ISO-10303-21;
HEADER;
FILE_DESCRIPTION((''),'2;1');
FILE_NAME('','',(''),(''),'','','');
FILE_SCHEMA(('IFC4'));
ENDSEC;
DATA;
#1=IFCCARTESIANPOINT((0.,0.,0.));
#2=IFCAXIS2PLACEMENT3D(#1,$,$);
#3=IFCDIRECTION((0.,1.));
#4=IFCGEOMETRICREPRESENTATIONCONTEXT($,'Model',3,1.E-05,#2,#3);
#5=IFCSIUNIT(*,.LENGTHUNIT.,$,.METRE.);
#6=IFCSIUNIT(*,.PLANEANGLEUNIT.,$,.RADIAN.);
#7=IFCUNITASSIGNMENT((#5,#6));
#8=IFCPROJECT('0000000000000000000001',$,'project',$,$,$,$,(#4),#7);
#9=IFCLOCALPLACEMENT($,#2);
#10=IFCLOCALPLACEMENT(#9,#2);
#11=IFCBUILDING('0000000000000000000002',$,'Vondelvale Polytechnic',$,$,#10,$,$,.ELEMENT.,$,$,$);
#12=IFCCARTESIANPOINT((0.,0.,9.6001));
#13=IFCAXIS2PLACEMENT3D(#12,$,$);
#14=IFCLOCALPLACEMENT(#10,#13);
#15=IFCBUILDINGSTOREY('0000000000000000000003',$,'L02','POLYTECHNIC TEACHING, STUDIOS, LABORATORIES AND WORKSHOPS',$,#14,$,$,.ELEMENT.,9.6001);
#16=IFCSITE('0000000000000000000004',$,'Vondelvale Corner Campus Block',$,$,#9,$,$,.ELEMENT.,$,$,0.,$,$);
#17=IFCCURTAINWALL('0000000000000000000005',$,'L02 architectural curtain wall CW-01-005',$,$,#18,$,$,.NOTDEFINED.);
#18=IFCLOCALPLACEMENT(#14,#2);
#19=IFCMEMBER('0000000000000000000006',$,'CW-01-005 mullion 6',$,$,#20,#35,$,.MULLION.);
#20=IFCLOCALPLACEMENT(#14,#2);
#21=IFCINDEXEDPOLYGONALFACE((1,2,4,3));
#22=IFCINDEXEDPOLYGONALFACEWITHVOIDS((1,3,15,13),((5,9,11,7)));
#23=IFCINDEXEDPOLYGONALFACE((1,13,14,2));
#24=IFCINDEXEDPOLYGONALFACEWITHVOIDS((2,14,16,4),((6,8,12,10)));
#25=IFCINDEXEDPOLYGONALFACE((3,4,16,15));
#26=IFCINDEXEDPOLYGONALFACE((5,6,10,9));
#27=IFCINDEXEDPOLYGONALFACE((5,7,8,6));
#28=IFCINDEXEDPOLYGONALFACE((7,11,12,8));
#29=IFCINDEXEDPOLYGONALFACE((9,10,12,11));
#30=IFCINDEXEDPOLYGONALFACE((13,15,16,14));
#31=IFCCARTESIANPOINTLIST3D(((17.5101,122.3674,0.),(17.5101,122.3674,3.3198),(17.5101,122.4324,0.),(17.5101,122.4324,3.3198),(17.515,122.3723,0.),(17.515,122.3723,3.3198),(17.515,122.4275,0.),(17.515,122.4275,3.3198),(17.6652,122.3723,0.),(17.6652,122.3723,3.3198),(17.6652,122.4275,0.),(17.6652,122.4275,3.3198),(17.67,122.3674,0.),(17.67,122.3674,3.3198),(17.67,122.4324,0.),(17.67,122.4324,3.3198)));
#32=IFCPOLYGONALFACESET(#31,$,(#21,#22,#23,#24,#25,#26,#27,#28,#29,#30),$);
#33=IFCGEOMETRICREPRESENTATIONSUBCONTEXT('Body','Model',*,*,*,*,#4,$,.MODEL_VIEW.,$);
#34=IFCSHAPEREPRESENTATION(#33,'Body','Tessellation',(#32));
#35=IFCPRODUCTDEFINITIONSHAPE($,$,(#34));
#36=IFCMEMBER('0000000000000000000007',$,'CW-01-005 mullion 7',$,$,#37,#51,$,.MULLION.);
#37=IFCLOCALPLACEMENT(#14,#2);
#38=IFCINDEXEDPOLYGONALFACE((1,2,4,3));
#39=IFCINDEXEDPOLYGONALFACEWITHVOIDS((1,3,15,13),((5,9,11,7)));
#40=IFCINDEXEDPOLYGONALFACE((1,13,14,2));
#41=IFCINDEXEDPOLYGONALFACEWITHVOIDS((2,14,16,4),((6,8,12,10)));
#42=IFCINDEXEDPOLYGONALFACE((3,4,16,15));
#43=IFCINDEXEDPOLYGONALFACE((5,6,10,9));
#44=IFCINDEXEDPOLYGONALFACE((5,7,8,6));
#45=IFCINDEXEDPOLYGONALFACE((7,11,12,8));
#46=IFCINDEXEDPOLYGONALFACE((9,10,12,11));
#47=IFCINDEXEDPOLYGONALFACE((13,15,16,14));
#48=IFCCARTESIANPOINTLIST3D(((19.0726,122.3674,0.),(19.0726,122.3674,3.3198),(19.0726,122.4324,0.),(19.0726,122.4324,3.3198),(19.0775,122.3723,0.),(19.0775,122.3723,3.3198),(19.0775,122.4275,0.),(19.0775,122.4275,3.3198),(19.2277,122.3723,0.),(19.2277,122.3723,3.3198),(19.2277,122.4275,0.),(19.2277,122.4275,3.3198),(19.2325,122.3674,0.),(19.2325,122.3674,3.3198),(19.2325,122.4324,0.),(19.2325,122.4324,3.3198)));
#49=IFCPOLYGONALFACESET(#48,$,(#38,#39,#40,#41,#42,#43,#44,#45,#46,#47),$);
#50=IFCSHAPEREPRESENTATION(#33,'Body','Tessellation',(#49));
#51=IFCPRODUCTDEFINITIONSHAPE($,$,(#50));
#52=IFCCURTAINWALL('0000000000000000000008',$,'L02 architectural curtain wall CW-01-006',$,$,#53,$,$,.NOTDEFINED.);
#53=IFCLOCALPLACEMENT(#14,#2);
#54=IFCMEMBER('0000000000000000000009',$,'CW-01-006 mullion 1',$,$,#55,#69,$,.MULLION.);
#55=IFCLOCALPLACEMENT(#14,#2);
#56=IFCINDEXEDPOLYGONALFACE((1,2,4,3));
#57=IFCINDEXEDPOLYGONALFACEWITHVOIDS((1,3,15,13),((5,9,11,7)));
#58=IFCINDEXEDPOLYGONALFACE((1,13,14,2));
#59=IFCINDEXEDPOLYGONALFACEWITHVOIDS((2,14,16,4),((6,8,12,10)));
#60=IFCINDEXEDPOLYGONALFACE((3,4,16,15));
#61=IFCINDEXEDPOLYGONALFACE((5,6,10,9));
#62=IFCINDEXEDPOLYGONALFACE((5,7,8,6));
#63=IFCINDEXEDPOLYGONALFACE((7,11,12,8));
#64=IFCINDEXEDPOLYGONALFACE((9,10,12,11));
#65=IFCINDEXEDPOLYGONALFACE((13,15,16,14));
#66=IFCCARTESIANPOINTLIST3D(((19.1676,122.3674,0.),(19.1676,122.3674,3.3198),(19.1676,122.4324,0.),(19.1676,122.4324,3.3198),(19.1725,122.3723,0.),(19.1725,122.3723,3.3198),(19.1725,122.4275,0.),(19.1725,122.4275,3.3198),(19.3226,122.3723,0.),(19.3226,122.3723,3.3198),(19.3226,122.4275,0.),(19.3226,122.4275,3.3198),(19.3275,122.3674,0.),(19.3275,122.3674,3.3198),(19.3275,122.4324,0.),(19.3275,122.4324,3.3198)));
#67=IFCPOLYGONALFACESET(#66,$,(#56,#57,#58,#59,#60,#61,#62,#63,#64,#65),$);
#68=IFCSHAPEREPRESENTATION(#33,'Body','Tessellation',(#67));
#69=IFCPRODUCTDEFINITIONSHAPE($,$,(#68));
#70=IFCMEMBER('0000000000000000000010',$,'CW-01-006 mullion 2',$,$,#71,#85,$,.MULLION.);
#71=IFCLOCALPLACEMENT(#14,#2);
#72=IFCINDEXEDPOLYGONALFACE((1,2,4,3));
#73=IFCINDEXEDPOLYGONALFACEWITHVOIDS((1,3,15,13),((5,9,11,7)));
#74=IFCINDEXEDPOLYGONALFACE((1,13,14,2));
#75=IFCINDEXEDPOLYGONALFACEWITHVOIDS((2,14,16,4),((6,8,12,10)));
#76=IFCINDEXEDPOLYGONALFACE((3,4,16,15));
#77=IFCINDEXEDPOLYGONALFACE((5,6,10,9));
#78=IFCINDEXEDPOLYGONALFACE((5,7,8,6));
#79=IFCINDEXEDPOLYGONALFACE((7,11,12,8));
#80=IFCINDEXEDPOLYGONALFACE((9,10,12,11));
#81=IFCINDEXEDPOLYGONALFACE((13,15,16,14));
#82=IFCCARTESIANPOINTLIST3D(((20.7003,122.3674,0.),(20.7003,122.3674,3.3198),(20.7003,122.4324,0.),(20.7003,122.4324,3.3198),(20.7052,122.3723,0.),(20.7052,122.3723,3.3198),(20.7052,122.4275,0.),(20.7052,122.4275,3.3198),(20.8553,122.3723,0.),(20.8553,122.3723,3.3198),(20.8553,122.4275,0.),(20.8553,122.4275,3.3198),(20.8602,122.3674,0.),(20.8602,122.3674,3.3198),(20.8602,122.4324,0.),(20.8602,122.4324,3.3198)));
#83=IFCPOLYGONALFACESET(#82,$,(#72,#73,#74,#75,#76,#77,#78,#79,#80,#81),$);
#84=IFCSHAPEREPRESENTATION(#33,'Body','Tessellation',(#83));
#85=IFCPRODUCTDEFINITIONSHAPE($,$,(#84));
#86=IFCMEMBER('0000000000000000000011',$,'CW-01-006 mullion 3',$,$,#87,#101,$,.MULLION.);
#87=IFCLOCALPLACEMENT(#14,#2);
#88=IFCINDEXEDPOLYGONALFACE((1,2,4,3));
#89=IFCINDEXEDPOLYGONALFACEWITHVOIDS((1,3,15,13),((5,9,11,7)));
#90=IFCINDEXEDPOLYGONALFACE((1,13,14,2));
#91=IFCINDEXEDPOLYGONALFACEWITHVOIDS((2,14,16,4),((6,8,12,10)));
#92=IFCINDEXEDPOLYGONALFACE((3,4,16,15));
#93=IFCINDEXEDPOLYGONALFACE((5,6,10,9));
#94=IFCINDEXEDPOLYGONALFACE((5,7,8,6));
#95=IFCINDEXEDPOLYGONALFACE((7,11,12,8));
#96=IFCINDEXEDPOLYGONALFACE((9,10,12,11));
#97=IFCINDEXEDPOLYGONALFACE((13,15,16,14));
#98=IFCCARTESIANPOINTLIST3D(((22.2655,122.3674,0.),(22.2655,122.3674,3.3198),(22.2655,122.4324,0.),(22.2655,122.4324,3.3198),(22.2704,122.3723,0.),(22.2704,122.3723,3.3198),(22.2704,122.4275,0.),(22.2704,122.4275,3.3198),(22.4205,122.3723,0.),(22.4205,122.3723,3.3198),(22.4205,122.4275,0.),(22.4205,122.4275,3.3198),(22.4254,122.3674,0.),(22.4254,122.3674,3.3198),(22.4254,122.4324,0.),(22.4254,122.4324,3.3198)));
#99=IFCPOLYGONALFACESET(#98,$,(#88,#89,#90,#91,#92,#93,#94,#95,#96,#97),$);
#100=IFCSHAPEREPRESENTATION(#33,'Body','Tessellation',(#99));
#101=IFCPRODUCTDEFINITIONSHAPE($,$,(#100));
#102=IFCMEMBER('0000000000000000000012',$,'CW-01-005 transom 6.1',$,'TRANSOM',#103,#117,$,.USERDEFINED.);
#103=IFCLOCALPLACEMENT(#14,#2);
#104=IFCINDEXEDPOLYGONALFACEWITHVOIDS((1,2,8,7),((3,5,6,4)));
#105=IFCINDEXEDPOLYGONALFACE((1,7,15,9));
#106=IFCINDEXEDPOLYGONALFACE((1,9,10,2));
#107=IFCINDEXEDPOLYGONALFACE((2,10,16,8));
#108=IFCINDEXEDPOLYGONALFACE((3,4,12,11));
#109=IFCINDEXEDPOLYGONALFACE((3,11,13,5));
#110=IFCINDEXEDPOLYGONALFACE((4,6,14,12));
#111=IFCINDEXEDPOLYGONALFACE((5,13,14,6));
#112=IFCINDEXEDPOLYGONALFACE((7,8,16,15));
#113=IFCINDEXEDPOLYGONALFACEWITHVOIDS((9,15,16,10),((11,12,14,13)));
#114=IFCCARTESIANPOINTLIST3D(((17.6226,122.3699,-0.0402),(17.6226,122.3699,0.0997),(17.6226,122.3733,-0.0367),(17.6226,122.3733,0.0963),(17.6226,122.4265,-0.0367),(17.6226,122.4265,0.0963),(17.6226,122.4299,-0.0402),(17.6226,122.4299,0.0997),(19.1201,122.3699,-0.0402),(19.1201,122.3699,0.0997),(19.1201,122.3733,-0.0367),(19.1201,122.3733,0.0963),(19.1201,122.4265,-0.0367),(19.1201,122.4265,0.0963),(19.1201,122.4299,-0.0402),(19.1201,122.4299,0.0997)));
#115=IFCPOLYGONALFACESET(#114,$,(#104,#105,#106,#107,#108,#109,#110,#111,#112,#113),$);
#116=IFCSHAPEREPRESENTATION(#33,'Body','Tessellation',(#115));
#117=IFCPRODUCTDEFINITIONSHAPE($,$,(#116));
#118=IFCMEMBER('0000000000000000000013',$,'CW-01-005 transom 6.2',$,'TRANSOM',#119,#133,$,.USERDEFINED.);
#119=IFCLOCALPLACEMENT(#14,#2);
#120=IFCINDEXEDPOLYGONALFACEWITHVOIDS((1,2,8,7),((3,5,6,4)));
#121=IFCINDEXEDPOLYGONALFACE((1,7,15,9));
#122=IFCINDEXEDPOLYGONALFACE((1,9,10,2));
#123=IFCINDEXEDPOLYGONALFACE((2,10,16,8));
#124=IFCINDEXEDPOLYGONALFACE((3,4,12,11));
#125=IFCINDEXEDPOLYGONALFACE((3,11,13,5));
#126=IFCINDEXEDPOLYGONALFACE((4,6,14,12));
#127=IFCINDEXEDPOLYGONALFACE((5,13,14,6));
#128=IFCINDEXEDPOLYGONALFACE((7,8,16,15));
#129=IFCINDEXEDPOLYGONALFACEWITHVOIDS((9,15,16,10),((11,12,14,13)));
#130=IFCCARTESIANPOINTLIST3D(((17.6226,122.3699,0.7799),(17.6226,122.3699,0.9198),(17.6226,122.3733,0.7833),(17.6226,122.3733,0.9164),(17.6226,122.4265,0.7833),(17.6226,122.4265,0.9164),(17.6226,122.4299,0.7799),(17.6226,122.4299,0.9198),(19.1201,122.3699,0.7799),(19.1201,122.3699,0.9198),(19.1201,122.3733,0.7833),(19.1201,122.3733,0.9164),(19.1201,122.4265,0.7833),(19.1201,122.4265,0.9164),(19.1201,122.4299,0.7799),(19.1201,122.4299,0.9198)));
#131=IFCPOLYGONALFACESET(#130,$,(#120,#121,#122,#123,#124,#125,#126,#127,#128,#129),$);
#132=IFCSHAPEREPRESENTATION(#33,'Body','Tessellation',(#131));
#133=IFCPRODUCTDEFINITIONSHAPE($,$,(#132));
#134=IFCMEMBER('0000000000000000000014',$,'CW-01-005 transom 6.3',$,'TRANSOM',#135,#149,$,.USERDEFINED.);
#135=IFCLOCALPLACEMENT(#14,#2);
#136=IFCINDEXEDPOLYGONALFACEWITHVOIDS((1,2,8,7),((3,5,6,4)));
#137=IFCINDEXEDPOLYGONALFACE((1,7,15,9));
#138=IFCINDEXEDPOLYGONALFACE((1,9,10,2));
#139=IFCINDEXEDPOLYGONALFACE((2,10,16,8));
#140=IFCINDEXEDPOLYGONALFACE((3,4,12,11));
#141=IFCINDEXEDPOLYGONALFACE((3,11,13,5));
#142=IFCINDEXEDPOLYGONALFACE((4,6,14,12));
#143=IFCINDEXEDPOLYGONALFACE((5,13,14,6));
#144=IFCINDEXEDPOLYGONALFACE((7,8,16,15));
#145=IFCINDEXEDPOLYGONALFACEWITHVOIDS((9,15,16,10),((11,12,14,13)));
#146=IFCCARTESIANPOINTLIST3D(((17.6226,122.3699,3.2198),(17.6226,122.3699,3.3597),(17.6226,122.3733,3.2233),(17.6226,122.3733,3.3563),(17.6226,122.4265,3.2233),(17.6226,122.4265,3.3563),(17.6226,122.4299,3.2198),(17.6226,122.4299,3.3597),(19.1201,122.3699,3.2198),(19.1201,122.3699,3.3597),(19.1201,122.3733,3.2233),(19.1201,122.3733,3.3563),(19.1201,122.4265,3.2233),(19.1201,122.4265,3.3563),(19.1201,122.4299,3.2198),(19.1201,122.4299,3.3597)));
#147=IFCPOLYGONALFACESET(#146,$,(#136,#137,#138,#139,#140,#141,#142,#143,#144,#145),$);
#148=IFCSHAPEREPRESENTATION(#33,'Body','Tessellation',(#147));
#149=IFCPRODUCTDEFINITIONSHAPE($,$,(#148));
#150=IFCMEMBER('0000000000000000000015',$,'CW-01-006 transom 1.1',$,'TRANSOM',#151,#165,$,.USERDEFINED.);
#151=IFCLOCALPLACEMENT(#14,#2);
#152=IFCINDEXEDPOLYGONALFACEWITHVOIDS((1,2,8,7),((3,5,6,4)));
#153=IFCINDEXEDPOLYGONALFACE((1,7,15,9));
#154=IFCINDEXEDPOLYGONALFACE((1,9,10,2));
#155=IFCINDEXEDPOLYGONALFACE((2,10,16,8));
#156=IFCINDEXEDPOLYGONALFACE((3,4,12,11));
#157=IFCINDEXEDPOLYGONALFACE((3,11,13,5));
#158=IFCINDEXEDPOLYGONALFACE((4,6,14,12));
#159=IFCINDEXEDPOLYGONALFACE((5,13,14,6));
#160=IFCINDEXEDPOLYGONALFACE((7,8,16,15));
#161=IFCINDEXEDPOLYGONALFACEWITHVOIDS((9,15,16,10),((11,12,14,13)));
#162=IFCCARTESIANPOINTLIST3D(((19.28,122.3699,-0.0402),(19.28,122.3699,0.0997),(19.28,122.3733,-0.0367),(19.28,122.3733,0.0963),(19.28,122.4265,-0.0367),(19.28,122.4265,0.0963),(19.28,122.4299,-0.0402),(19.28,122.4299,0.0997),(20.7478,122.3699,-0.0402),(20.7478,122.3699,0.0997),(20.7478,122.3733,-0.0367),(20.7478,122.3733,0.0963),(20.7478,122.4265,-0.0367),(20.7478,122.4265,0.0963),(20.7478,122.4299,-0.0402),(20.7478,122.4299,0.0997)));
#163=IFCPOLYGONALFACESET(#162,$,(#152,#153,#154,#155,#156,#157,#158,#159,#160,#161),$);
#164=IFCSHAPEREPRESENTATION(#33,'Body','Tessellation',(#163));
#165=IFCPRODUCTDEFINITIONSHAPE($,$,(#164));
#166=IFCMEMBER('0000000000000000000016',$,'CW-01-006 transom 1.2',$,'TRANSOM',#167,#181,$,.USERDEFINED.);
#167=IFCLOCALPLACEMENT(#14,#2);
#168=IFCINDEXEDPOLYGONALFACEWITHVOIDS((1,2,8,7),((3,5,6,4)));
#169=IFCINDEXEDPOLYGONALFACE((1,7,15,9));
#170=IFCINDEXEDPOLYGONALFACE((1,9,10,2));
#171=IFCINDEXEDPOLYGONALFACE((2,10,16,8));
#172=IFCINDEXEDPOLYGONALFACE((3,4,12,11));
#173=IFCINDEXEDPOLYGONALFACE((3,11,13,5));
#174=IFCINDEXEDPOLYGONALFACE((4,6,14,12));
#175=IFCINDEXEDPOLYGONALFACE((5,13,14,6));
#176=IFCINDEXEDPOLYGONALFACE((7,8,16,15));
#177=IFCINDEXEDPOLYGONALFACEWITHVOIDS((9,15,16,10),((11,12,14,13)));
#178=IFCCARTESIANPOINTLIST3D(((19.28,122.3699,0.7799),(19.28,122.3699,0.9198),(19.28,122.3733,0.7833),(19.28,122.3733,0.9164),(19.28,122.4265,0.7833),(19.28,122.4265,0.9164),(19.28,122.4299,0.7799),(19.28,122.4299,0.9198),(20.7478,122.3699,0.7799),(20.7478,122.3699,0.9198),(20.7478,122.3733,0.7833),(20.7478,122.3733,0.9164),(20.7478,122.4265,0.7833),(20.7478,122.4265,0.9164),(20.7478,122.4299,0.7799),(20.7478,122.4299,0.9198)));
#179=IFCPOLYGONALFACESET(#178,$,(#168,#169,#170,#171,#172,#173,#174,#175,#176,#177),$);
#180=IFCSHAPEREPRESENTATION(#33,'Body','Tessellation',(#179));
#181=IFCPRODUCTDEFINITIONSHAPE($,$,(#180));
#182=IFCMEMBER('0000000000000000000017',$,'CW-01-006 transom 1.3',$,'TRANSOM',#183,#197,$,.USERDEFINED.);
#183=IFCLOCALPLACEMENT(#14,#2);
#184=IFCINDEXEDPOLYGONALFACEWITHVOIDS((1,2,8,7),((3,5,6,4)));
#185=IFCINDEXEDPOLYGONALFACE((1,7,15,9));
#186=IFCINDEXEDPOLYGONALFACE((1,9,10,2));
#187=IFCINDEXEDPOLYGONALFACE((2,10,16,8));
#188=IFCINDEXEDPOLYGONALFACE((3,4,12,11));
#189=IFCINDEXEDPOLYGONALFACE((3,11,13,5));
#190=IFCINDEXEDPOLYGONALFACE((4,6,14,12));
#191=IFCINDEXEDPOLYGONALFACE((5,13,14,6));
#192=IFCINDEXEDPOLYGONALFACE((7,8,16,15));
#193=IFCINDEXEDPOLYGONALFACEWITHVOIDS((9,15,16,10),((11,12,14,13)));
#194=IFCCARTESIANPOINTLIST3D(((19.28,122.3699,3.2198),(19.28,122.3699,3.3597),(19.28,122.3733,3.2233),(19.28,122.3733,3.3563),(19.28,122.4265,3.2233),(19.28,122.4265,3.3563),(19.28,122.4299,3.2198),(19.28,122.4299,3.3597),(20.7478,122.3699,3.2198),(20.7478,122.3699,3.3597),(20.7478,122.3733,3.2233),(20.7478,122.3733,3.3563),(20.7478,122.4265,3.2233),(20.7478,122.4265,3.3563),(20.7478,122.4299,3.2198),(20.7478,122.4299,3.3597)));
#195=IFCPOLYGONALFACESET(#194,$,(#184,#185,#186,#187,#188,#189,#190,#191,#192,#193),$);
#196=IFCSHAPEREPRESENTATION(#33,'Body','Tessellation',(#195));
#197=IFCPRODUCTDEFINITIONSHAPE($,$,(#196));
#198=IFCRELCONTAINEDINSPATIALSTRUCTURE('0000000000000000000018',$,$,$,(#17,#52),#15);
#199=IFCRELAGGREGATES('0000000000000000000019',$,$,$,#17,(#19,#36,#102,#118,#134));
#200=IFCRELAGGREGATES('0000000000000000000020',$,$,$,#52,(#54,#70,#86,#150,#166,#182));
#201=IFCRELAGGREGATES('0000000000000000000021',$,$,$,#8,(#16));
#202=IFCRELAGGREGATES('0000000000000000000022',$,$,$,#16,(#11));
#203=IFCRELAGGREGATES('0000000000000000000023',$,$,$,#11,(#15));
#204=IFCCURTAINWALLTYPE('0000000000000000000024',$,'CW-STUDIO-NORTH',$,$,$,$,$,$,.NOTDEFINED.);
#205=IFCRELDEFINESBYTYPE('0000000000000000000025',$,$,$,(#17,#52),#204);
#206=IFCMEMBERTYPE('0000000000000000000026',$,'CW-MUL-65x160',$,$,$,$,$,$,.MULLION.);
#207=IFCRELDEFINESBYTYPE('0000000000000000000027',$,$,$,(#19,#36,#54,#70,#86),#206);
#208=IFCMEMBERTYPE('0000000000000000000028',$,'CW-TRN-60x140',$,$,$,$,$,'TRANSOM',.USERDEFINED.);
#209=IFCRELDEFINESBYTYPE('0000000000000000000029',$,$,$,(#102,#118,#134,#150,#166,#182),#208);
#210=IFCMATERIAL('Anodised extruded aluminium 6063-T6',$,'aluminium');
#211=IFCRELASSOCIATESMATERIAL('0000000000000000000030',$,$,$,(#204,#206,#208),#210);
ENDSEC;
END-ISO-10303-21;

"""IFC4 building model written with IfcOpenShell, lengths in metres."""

from ifc_helpers import new_model, si_unit, direction, frame, origin, origin_2d, place, context, subcontext, project, spatial, hollow_rectangle, extrude, material, material_profile, profile_set, type_object, element, aggregate, save


model = new_model("IFC4")

# Units and contexts
model_context = context("Model", 3, precision=1e-05, world=origin(), true_north=direction((0.0, 1.0)))
body_context = subcontext(model_context, "Body", "Model", "MODEL_VIEW")
ifc_project = project(units=[si_unit("LENGTHUNIT", "METRE"), si_unit("PLANEANGLEUNIT", "RADIAN")], contexts=[model_context])

# Site, building, storey
site_placement = place(None, origin())
site = spatial("IfcSite", under=ifc_project, at=site_placement, Name="Vondelvale Corner Campus Block", CompositionType="ELEMENT", RefElevation=0.0)
building_placement = place(site_placement, origin())
building = spatial("IfcBuilding", under=site, at=building_placement, Name="Vondelvale Polytechnic", CompositionType="ELEMENT")
storey_placement = place(building_placement, frame((0.0, 0.0, 9.6001)))
storey = spatial("IfcBuildingStorey", under=building, at=storey_placement, Name="L02", Description="POLYTECHNIC TEACHING, STUDIOS, LABORATORIES AND WORKSHOPS", CompositionType="ELEMENT", Elevation=9.6001)

# Curtain walls, members
ifc_material_1 = material(Name="Anodised extruded aluminium 6063-T6", Category="aluminium")
curtain_wall_type = type_object("IfcCurtainWallType", Name="CW-STUDIO-NORTH", PredefinedType="NOTDEFINED", material=ifc_material_1)
curtain_wall_1_placement = place(storey_placement, origin())
curtain_wall_1 = element("IfcCurtainWall", 1, at=curtain_wall_1_placement, inside=storey, type_object=curtain_wall_type, Name="L02 architectural curtain wall CW-01-005", PredefinedType="NOTDEFINED")
ifc_material_profile_1 = material_profile(ifc_material_1, hollow_rectangle(XDim=0.0649, YDim=0.1599, WallThickness=0.0049, at=origin_2d()), Name="CW-MUL-160x65")
ifc_profile_set_1 = profile_set([ifc_material_profile_1], Name="Anodised extruded aluminium 6063-T6")
member_type_1 = type_object("IfcMemberType", Name="CW-MUL-65x160", PredefinedType="MULLION", material=ifc_profile_set_1)
member_1_placement = place(storey_placement, frame((17.5901, 122.3999, 0.0), z_axis=(0.0, 0.0, 1.0), x_axis=(0.0, 1.0, 0.0)))
member_1 = element("IfcMember", 2, at=member_1_placement, type_object=member_type_1, Name="CW-01-005 mullion 6", PredefinedType="MULLION", context=body_context, shape_type="SweptSolid", body=[
    extrude(hollow_rectangle(XDim=0.0649, YDim=0.1599, WallThickness=0.0049, at=origin_2d()), origin(), (0.0, 0.0, 1.0), 3.3198),
])
member_2_placement = place(storey_placement, frame((19.1526, 122.3999, 0.0), z_axis=(0.0, 0.0, 1.0), x_axis=(0.0, 1.0, 0.0)))
member_2 = element("IfcMember", 3, at=member_2_placement, type_object=member_type_1, Name="CW-01-005 mullion 7", PredefinedType="MULLION", context=body_context, shape_type="SweptSolid", body=[
    extrude(hollow_rectangle(XDim=0.0649, YDim=0.1599, WallThickness=0.0049, at=origin_2d()), origin(), (0.0, 0.0, 1.0), 3.3198),
])
curtain_wall_2_placement = place(storey_placement, origin())
curtain_wall_2 = element("IfcCurtainWall", 4, at=curtain_wall_2_placement, inside=storey, type_object=curtain_wall_type, Name="L02 architectural curtain wall CW-01-006", PredefinedType="NOTDEFINED")
member_3_placement = place(storey_placement, frame((19.2476, 122.3999, 0.0), z_axis=(0.0, 0.0, 1.0), x_axis=(0.0, 1.0, 0.0)))
member_3 = element("IfcMember", 5, at=member_3_placement, type_object=member_type_1, Name="CW-01-006 mullion 1", PredefinedType="MULLION", context=body_context, shape_type="SweptSolid", body=[
    extrude(hollow_rectangle(XDim=0.0649, YDim=0.1599, WallThickness=0.0049, at=origin_2d()), origin(), (0.0, 0.0, 1.0), 3.3198),
])
member_4_placement = place(storey_placement, frame((20.7803, 122.3999, 0.0), z_axis=(0.0, 0.0, 1.0), x_axis=(0.0, 1.0, 0.0)))
member_4 = element("IfcMember", 6, at=member_4_placement, type_object=member_type_1, Name="CW-01-006 mullion 2", PredefinedType="MULLION", context=body_context, shape_type="SweptSolid", body=[
    extrude(hollow_rectangle(XDim=0.0649, YDim=0.1599, WallThickness=0.0049, at=origin_2d()), origin(), (0.0, 0.0, 1.0), 3.3198),
])
member_5_placement = place(storey_placement, frame((22.3455, 122.3999, 0.0), z_axis=(0.0, 0.0, 1.0), x_axis=(0.0, 1.0, 0.0)))
member_5 = element("IfcMember", 7, at=member_5_placement, type_object=member_type_1, Name="CW-01-006 mullion 3", PredefinedType="MULLION", context=body_context, shape_type="SweptSolid", body=[
    extrude(hollow_rectangle(XDim=0.0649, YDim=0.1599, WallThickness=0.0049, at=origin_2d()), origin(), (0.0, 0.0, 1.0), 3.3198),
])

# Members
ifc_material_profile_2 = material_profile(ifc_material_1, hollow_rectangle(XDim=0.0601, YDim=0.1399, WallThickness=0.0034, at=origin_2d()), Name="CW-TRN-140x60")
ifc_profile_set_2 = profile_set([ifc_material_profile_2], Name="Anodised extruded aluminium 6063-T6")
member_type_2 = type_object("IfcMemberType", Name="CW-TRN-60x140", ElementType="TRANSOM", PredefinedType="USERDEFINED", material=ifc_profile_set_2)
member_6_placement = place(storey_placement, frame((17.6226, 122.3999, 0.0298), z_axis=(1.0, 0.0, 0.0), x_axis=(0.0, 1.0, 0.0)))
member_6 = element("IfcMember", 8, at=member_6_placement, type_object=member_type_2, Name="CW-01-005 transom 6.1", ObjectType="TRANSOM", PredefinedType="USERDEFINED", context=body_context, shape_type="SweptSolid", body=[
    extrude(hollow_rectangle(XDim=0.0601, YDim=0.1399, WallThickness=0.0034, at=origin_2d()), origin(), (0.0, 0.0, 1.0), 1.4976),
])
member_7_placement = place(storey_placement, frame((17.6226, 122.3999, 0.8499), z_axis=(1.0, 0.0, 0.0), x_axis=(0.0, 1.0, 0.0)))
member_7 = element("IfcMember", 9, at=member_7_placement, type_object=member_type_2, Name="CW-01-005 transom 6.2", ObjectType="TRANSOM", PredefinedType="USERDEFINED", context=body_context, shape_type="SweptSolid", body=[
    extrude(hollow_rectangle(XDim=0.0601, YDim=0.1399, WallThickness=0.0034, at=origin_2d()), origin(), (0.0, 0.0, 1.0), 1.4976),
])
member_8_placement = place(storey_placement, frame((17.6226, 122.3999, 3.2898), z_axis=(1.0, 0.0, 0.0), x_axis=(0.0, 1.0, 0.0)))
member_8 = element("IfcMember", 10, at=member_8_placement, type_object=member_type_2, Name="CW-01-005 transom 6.3", ObjectType="TRANSOM", PredefinedType="USERDEFINED", context=body_context, shape_type="SweptSolid", body=[
    extrude(hollow_rectangle(XDim=0.0601, YDim=0.1399, WallThickness=0.0034, at=origin_2d()), origin(), (0.0, 0.0, 1.0), 1.4976),
])
member_9_placement = place(storey_placement, frame((19.28, 122.3999, 0.0298), z_axis=(1.0, 0.0, 0.0), x_axis=(0.0, 1.0, 0.0)))
member_9 = element("IfcMember", 11, at=member_9_placement, type_object=member_type_2, Name="CW-01-006 transom 1.1", ObjectType="TRANSOM", PredefinedType="USERDEFINED", context=body_context, shape_type="SweptSolid", body=[
    extrude(hollow_rectangle(XDim=0.0601, YDim=0.1399, WallThickness=0.0034, at=origin_2d()), origin(), (0.0, 0.0, 1.0), 1.4678),
])
member_10_placement = place(storey_placement, frame((19.28, 122.3999, 0.8499), z_axis=(1.0, 0.0, 0.0), x_axis=(0.0, 1.0, 0.0)))
member_10 = element("IfcMember", 12, at=member_10_placement, type_object=member_type_2, Name="CW-01-006 transom 1.2", ObjectType="TRANSOM", PredefinedType="USERDEFINED", context=body_context, shape_type="SweptSolid", body=[
    extrude(hollow_rectangle(XDim=0.0601, YDim=0.1399, WallThickness=0.0034, at=origin_2d()), origin(), (0.0, 0.0, 1.0), 1.4678),
])
member_11_placement = place(storey_placement, frame((19.28, 122.3999, 3.2898), z_axis=(1.0, 0.0, 0.0), x_axis=(0.0, 1.0, 0.0)))
member_11 = element("IfcMember", 13, at=member_11_placement, type_object=member_type_2, Name="CW-01-006 transom 1.3", ObjectType="TRANSOM", PredefinedType="USERDEFINED", context=body_context, shape_type="SweptSolid", body=[
    extrude(hollow_rectangle(XDim=0.0601, YDim=0.1399, WallThickness=0.0034, at=origin_2d()), origin(), (0.0, 0.0, 1.0), 1.4678),
])

aggregate(curtain_wall_1, [member_1, member_2, member_6, member_7, member_8])
aggregate(curtain_wall_2, [member_3, member_4, member_5, member_9, member_10, member_11])

save(model, "model.ifc")
